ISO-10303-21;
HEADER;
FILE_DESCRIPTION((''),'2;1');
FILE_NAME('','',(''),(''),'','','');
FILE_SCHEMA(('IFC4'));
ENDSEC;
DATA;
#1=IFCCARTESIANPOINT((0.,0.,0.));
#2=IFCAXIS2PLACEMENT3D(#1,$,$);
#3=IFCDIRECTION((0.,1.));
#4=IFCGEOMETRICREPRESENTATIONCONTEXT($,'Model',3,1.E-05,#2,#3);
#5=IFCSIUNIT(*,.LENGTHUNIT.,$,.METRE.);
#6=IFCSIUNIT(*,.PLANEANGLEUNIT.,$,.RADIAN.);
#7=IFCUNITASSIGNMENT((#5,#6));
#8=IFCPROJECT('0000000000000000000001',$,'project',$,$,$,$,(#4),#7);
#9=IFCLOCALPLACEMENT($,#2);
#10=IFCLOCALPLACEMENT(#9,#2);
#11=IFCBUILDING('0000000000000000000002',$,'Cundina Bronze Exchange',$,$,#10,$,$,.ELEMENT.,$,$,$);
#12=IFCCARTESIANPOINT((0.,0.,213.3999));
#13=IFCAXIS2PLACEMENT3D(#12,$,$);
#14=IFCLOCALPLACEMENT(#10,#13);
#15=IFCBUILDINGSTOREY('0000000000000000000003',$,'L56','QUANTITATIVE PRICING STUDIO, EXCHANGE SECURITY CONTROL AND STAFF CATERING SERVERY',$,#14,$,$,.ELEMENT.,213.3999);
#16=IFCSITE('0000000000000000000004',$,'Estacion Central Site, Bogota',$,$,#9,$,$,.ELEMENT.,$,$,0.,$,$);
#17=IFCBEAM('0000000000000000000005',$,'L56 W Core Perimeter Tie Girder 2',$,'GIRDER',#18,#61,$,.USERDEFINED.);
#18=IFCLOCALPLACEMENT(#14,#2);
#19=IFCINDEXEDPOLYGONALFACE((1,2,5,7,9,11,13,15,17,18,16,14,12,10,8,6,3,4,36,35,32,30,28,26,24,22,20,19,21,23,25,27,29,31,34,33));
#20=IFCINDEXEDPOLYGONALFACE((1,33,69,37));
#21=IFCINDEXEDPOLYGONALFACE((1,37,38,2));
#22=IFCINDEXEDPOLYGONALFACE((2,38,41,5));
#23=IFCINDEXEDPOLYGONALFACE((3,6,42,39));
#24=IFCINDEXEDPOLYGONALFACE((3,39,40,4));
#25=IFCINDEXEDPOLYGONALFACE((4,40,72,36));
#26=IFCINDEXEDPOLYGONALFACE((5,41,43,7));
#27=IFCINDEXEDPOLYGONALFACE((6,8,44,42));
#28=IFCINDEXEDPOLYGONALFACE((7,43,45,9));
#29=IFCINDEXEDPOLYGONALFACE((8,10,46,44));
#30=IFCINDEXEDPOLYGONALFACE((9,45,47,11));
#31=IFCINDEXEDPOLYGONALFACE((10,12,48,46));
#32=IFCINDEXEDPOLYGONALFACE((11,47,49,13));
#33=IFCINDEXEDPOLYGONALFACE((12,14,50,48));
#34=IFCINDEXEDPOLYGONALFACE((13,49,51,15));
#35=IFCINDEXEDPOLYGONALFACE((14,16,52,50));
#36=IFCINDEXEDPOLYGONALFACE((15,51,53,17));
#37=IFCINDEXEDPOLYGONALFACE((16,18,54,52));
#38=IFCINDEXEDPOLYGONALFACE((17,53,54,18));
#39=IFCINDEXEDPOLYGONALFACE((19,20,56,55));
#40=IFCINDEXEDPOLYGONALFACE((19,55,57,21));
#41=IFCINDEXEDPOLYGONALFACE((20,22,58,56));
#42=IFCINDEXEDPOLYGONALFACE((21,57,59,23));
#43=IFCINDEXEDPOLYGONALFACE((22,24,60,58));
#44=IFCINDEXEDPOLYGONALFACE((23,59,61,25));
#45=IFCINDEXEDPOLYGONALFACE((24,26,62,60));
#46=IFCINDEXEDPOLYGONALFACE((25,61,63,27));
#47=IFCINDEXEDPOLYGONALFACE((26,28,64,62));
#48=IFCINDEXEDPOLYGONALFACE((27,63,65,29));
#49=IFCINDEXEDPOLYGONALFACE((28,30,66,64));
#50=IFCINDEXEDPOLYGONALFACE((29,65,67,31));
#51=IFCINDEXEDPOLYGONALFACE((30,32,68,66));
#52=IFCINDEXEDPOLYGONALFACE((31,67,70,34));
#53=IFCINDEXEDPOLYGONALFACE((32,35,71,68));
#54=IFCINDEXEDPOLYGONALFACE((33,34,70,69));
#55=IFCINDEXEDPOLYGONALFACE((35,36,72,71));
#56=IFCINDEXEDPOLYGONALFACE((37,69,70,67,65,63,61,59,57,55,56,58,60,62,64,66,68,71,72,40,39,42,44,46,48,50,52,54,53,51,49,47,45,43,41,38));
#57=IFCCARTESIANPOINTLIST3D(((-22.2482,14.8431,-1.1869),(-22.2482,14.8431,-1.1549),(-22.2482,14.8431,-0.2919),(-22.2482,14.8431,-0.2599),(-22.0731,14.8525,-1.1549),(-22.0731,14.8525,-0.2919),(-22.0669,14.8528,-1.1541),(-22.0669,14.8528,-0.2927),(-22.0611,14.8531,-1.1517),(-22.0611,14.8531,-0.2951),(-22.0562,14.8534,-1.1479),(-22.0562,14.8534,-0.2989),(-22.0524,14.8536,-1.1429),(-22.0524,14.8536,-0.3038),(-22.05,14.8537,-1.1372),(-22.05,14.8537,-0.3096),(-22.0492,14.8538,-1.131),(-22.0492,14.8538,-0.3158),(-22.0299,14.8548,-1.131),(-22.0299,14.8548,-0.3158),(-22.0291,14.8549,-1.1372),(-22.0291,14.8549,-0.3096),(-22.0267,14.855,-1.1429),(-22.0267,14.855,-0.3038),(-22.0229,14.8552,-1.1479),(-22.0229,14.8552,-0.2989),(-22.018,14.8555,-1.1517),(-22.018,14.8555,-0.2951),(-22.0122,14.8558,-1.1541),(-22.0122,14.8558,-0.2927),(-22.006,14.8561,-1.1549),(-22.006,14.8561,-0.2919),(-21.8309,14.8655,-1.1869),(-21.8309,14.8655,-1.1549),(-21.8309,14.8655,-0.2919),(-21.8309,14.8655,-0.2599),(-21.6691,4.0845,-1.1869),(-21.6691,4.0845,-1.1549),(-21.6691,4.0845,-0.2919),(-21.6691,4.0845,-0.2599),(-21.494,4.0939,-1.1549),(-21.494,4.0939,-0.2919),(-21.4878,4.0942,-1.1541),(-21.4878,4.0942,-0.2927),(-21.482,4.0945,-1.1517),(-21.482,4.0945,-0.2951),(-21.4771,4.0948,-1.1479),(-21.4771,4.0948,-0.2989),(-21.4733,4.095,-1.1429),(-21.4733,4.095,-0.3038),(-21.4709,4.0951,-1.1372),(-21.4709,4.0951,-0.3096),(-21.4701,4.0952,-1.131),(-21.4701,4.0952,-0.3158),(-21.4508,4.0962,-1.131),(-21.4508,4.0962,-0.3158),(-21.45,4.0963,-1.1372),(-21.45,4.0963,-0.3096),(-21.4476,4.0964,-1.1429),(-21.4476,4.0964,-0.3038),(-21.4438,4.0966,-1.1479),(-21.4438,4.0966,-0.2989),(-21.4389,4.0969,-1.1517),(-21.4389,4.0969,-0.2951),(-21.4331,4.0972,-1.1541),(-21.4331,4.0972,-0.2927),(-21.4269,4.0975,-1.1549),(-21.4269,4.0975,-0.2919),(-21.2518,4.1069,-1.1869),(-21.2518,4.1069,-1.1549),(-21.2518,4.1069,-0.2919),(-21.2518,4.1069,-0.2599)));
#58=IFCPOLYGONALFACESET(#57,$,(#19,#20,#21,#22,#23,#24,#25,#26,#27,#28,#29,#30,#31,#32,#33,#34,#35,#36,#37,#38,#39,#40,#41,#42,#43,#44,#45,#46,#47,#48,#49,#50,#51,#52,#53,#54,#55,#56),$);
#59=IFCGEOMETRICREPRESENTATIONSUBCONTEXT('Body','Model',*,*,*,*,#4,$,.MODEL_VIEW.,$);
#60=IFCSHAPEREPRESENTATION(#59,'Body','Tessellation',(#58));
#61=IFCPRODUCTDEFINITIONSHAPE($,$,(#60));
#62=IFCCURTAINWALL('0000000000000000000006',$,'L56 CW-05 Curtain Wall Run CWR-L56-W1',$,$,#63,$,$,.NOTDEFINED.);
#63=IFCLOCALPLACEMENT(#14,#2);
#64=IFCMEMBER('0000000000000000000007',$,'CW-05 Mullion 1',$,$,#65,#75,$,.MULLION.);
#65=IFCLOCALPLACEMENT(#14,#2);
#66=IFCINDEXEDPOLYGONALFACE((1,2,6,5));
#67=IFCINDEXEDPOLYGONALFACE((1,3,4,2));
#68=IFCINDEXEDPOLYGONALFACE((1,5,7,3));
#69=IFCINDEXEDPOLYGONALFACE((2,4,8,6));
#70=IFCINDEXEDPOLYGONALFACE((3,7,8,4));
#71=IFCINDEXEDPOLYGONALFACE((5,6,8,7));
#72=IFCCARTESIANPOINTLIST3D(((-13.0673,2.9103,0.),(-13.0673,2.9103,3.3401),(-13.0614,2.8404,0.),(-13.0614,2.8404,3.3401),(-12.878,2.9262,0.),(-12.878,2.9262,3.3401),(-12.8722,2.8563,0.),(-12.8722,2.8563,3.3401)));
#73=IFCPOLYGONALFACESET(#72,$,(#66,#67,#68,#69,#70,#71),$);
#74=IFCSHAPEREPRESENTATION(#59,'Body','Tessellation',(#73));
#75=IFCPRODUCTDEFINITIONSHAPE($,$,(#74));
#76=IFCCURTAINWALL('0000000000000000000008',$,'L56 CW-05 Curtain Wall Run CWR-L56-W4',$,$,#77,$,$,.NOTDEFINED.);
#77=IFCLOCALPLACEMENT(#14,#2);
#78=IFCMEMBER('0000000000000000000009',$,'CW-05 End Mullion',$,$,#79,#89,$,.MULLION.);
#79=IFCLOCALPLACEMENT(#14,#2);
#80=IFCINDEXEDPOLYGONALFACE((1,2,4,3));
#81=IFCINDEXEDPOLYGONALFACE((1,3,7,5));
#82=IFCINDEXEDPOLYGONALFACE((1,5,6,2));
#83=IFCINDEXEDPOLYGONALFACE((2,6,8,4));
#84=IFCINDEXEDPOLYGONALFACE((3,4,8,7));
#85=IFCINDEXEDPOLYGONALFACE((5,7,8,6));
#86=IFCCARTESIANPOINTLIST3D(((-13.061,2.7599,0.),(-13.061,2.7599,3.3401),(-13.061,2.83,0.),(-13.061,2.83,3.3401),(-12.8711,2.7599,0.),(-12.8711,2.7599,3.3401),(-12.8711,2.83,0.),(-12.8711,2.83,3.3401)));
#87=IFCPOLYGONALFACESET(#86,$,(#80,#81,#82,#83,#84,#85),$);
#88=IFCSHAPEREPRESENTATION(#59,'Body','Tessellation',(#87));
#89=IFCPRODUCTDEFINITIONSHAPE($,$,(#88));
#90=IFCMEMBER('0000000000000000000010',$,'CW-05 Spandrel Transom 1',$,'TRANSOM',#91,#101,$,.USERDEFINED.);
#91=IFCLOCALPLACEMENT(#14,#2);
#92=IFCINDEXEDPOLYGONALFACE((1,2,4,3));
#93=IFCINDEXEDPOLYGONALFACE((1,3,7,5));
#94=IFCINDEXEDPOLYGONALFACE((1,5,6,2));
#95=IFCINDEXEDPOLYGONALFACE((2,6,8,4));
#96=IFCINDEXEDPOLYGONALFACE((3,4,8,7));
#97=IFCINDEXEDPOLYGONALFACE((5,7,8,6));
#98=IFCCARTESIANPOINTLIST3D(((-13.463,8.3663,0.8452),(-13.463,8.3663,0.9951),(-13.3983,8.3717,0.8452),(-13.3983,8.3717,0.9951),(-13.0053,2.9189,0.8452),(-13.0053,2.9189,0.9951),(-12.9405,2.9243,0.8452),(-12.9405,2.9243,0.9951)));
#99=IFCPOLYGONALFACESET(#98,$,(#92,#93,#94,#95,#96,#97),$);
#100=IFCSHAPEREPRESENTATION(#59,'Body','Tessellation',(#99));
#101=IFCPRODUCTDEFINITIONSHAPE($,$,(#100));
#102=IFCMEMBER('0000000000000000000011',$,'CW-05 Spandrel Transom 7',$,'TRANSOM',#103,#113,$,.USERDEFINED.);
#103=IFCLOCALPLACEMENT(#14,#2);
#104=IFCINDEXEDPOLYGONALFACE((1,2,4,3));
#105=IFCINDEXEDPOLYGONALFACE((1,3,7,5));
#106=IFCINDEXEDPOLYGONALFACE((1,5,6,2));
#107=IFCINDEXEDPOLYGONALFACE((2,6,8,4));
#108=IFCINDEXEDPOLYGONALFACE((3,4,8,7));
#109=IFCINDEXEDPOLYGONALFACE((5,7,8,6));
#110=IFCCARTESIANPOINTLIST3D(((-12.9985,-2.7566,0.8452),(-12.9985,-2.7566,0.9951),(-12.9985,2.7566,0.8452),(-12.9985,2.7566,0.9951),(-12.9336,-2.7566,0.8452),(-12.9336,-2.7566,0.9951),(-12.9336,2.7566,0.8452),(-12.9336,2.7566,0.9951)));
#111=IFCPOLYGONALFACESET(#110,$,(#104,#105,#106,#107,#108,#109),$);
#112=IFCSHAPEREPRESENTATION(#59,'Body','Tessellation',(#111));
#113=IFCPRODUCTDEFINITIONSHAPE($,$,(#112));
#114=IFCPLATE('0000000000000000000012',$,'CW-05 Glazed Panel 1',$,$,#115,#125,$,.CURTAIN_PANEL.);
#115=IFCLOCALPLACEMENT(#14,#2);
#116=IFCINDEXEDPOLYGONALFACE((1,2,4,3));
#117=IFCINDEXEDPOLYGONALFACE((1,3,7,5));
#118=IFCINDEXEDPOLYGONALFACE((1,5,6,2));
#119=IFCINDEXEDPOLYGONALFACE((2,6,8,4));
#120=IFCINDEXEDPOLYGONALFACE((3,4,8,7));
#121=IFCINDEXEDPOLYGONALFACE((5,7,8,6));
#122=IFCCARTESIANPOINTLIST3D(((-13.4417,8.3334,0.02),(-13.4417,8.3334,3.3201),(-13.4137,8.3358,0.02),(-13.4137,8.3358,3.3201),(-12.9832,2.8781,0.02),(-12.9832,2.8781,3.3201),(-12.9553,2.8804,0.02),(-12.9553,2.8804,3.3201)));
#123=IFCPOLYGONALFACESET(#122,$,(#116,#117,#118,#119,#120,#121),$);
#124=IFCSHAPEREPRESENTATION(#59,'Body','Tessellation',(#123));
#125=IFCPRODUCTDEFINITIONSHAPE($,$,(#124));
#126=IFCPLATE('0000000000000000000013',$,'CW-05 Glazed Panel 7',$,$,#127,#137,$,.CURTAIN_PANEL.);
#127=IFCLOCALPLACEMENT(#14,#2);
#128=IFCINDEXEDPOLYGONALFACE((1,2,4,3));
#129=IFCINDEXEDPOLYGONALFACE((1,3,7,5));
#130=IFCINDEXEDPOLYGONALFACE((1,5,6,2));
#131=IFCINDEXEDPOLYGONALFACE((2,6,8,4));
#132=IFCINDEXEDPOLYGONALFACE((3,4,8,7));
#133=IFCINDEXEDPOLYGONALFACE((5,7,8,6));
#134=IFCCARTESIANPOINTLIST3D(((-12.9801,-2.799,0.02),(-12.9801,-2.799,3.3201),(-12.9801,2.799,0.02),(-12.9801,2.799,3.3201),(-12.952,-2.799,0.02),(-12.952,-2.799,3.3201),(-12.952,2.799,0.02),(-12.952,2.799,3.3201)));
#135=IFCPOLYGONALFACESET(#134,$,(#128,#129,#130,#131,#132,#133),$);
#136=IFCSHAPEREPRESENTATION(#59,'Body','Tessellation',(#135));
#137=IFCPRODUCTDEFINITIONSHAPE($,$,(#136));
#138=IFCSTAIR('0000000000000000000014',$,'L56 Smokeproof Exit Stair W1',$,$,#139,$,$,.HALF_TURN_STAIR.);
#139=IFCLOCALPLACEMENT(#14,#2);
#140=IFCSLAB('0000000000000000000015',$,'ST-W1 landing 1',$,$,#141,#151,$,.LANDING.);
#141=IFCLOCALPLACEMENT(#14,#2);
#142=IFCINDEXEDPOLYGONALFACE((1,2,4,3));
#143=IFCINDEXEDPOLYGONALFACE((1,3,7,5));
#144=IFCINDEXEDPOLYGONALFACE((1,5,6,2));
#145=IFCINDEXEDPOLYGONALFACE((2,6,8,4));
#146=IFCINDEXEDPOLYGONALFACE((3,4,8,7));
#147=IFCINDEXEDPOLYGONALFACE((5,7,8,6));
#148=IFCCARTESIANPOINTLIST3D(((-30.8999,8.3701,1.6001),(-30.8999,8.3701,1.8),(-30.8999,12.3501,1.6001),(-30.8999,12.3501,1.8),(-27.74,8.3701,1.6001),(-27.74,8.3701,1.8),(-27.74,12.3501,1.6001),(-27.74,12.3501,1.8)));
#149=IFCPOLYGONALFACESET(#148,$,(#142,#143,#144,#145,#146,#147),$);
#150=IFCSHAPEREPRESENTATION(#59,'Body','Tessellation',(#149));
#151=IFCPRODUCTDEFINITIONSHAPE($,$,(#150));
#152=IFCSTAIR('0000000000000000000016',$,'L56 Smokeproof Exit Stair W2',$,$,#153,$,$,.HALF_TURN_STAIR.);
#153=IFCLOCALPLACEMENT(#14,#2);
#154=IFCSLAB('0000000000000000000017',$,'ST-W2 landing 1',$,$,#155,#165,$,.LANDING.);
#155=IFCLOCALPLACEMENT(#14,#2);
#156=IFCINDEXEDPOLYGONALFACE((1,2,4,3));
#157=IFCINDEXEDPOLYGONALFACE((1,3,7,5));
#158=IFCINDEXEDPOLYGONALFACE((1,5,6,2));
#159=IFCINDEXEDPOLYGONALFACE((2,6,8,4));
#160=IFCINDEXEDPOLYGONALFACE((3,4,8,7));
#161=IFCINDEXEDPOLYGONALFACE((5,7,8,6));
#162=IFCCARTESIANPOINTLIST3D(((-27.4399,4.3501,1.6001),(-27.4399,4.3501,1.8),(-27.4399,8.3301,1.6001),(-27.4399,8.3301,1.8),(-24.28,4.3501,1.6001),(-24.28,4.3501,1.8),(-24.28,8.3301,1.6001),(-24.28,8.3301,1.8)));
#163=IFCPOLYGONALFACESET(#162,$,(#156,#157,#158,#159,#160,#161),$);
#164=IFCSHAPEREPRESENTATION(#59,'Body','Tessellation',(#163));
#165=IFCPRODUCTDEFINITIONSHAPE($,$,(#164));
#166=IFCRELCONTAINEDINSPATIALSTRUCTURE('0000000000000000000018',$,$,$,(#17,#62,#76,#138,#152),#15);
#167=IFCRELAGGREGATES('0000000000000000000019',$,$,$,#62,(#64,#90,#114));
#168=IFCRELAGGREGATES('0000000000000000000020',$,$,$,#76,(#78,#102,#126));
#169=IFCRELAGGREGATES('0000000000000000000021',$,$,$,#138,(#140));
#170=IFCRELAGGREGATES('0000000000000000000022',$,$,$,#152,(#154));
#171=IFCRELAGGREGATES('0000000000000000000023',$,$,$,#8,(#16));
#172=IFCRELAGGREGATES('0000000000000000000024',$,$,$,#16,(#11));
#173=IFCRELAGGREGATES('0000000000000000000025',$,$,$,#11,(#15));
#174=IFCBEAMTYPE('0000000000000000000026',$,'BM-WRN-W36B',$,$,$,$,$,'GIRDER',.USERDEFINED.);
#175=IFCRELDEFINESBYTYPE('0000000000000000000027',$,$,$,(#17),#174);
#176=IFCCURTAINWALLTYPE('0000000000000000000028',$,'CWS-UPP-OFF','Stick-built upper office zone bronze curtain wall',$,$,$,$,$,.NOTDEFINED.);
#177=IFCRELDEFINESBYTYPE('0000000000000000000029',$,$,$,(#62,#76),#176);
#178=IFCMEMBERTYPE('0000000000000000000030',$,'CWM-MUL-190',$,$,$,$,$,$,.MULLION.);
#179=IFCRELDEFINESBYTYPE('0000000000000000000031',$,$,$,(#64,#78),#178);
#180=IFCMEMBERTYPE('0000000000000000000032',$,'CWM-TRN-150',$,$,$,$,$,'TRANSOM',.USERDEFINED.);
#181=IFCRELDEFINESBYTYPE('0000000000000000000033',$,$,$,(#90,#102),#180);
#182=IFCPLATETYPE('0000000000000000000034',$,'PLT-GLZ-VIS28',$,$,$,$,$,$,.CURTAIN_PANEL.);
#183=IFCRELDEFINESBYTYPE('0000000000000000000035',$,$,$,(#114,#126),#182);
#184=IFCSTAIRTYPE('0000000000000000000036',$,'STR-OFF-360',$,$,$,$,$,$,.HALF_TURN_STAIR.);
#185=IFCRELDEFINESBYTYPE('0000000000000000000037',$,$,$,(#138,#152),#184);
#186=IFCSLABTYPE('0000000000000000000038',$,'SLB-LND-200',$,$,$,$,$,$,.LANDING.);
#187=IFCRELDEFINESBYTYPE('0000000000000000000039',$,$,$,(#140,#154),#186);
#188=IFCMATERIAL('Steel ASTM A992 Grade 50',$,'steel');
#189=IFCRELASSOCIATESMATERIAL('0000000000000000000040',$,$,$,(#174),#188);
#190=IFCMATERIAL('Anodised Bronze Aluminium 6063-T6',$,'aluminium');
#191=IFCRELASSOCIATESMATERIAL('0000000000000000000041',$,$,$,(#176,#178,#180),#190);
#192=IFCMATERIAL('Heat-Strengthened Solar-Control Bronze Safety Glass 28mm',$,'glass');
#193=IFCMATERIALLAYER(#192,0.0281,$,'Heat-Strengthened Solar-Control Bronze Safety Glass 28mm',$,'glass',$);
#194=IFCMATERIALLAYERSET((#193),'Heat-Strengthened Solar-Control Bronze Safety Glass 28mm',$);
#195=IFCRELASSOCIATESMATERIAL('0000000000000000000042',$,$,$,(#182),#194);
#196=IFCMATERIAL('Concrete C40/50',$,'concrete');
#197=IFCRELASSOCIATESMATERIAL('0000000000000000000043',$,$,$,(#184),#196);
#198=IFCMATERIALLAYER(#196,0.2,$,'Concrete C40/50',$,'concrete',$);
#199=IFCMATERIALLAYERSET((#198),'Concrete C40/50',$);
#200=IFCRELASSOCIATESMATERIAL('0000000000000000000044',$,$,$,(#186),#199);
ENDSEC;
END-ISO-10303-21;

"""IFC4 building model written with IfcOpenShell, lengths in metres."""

from ifc_helpers import new_model, si_unit, direction, frame, origin, origin_2d, place, context, subcontext, project, spatial, polyline, rectangle, i_section, outline, extrude, material, layer, layer_set, material_profile, profile_set, type_object, element, aggregate, save


model = new_model("IFC4")

# Units and contexts
model_context = context("Model", 3, precision=1e-05, world=origin(), true_north=direction((0.0, 1.0)))
body_context = subcontext(model_context, "Body", "Model", "MODEL_VIEW")
ifc_project = project(units=[si_unit("LENGTHUNIT", "METRE"), si_unit("PLANEANGLEUNIT", "RADIAN")], contexts=[model_context])

# Site, building, storey
site_placement = place(None, origin())
site = spatial("IfcSite", under=ifc_project, at=site_placement, Name="Estacion Central Site, Bogota", CompositionType="ELEMENT", RefElevation=0.0)
building_placement = place(site_placement, origin())
building = spatial("IfcBuilding", under=site, at=building_placement, Name="Cundina Bronze Exchange", CompositionType="ELEMENT")
storey_placement = place(building_placement, frame((0.0, 0.0, 213.3999)))
storey = spatial("IfcBuildingStorey", under=building, at=storey_placement, Name="L56", Description="QUANTITATIVE PRICING STUDIO, EXCHANGE SECURITY CONTROL AND STAFF CATERING SERVERY", CompositionType="ELEMENT", Elevation=213.3999)

# Shared definitions
ifc_material_1 = material(Name="Steel ASTM A992 Grade 50", Category="steel")

# Beam
ifc_material_profile_1 = material_profile(ifc_material_1, i_section(OverallWidth=0.418, OverallDepth=0.927, WebThickness=0.0193, FlangeThickness=0.032, FilletRadius=0.0239, at=origin_2d()), Name="W36X231", Category="steel")
ifc_profile_set_1 = profile_set([ifc_material_profile_1], Name="Steel ASTM A992 Grade 50")
beam_type_1 = type_object("IfcBeamType", Name="BM-WRN-W36B", ElementType="GIRDER", PredefinedType="USERDEFINED", material=ifc_profile_set_1)
beam_1_placement = place(storey_placement, frame((-21.4604, 4.0957, -0.7234), z_axis=(-0.053749, 0.998554, 0.0), x_axis=(-0.998554, -0.053749, 0.0)))
element("IfcBeam", 1, at=beam_1_placement, inside=storey, type_object=beam_type_1, Name="L56 W Core Perimeter Tie Girder 2", ObjectType="GIRDER", PredefinedType="USERDEFINED", context=body_context, shape_type="SweptSolid", body=[
    extrude(i_section(OverallWidth=0.418, OverallDepth=0.927, WebThickness=0.0193, FlangeThickness=0.032, FilletRadius=0.0239, at=origin_2d()), origin(), (0.0, 0.0, 1.0), 10.7742),
])

# Curtain walls, members
ifc_material_2 = material(Name="Anodised Bronze Aluminium 6063-T6", Category="aluminium")
curtain_wall_type = type_object("IfcCurtainWallType", Name="CWS-UPP-OFF", Description="Stick-built upper office zone bronze curtain wall", PredefinedType="NOTDEFINED", material=ifc_material_2)
curtain_wall_1_placement = place(storey_placement, origin())
curtain_wall_1 = element("IfcCurtainWall", 2, at=curtain_wall_1_placement, inside=storey, type_object=curtain_wall_type, Name="L56 CW-05 Curtain Wall Run CWR-L56-W1", PredefinedType="NOTDEFINED")
ifc_material_profile_2 = material_profile(ifc_material_2, rectangle(XDim=0.0701, YDim=0.1899, at=origin_2d()), Name="AL70X190", Category="aluminium")
ifc_profile_set_2 = profile_set([ifc_material_profile_2], Name="Anodised Bronze Aluminium 6063-T6")
member_type_1 = type_object("IfcMemberType", Name="CWM-MUL-190", PredefinedType="MULLION", material=ifc_profile_set_2)
member_1_placement = place(storey_placement, frame((-12.9697, 2.8833, 0.0), z_axis=(0.0, 0.0, 1.0), x_axis=(-0.083678, 0.996493, 0.0)))
member_1 = element("IfcMember", 3, at=member_1_placement, type_object=member_type_1, Name="CW-05 Mullion 1", PredefinedType="MULLION", context=body_context, shape_type="SweptSolid", body=[
    extrude(rectangle(XDim=0.0701, YDim=0.1899, at=origin_2d()), origin(), (0.0, 0.0, 1.0), 3.3401),
])
curtain_wall_2_placement = place(storey_placement, origin())
curtain_wall_2 = element("IfcCurtainWall", 4, at=curtain_wall_2_placement, inside=storey, type_object=curtain_wall_type, Name="L56 CW-05 Curtain Wall Run CWR-L56-W4", PredefinedType="NOTDEFINED")
member_2_placement = place(storey_placement, frame((-12.9661, 2.7949, 0.0), z_axis=(0.0, 0.0, 1.0), x_axis=(0.0, 1.0, 0.0)))
member_2 = element("IfcMember", 5, at=member_2_placement, type_object=member_type_1, Name="CW-05 End Mullion", PredefinedType="MULLION", context=body_context, shape_type="SweptSolid", body=[
    extrude(rectangle(XDim=0.0701, YDim=0.1899, at=origin_2d()), origin(), (0.0, 0.0, 1.0), 3.3401),
])

# Members
ifc_material_profile_3 = material_profile(ifc_material_2, rectangle(XDim=0.0649, YDim=0.1499, at=origin_2d()), Name="AL65X150", Category="aluminium")
ifc_profile_set_3 = profile_set([ifc_material_profile_3], Name="Anodised Bronze Aluminium 6063-T6")
member_type_2 = type_object("IfcMemberType", Name="CWM-TRN-150", ElementType="TRANSOM", PredefinedType="USERDEFINED", material=ifc_profile_set_3)
member_3_placement = place(storey_placement, frame((-12.9729, 2.9216, 0.9202), z_axis=(-0.08374, 0.996488, 0.0), x_axis=(-0.996488, -0.08374, 0.0)))
member_3 = element("IfcMember", 6, at=member_3_placement, type_object=member_type_2, Name="CW-05 Spandrel Transom 1", ObjectType="TRANSOM", PredefinedType="USERDEFINED", context=body_context, shape_type="SweptSolid", body=[
    extrude(rectangle(XDim=0.0649, YDim=0.1499, at=origin_2d()), origin(), (0.0, 0.0, 1.0), 5.4666),
])
member_4_placement = place(storey_placement, frame((-12.9661, -2.7566, 0.9202), z_axis=(0.0, 1.0, 0.0), x_axis=(-1.0, 0.0, 0.0)))
member_4 = element("IfcMember", 7, at=member_4_placement, type_object=member_type_2, Name="CW-05 Spandrel Transom 7", ObjectType="TRANSOM", PredefinedType="USERDEFINED", context=body_context, shape_type="SweptSolid", body=[
    extrude(rectangle(XDim=0.0649, YDim=0.1499, at=origin_2d()), origin(), (0.0, 0.0, 1.0), 5.5132),
])

# Plates
ifc_material_3 = material(Name="Heat-Strengthened Solar-Control Bronze Safety Glass 28mm", Category="glass")
ifc_layer_1 = layer(ifc_material_3, 0.0281, Name="Heat-Strengthened Solar-Control Bronze Safety Glass 28mm", Category="glass")
ifc_layer_set_1 = layer_set([ifc_layer_1], Name="Heat-Strengthened Solar-Control Bronze Safety Glass 28mm")
plate_type = type_object("IfcPlateType", Name="PLT-GLZ-VIS28", PredefinedType="CURTAIN_PANEL", material=ifc_layer_set_1)
plate_1_placement = place(storey_placement, frame((-13.1985, 5.6069, 0.02), z_axis=(0.0, 0.0, 1.0), x_axis=(-0.083747, 0.996487, 0.0)))
plate_1 = element("IfcPlate", 8, at=plate_1_placement, type_object=plate_type, Name="CW-05 Glazed Panel 1", PredefinedType="CURTAIN_PANEL", context=body_context, shape_type="SweptSolid", body=[
    extrude(rectangle(XDim=5.4746, YDim=0.0281, at=origin_2d()), origin(), (0.0, 0.0, 1.0), 3.3),
])
aggregate(curtain_wall_1, [member_1, member_3, plate_1])
plate_2_placement = place(storey_placement, frame((-12.9661, 0.0, 0.02), z_axis=(0.0, 0.0, 1.0), x_axis=(0.0, 1.0, 0.0)))
plate_2 = element("IfcPlate", 9, at=plate_2_placement, type_object=plate_type, Name="CW-05 Glazed Panel 7", PredefinedType="CURTAIN_PANEL", context=body_context, shape_type="SweptSolid", body=[
    extrude(rectangle(XDim=5.5979, YDim=0.0281, at=origin_2d()), origin(), (0.0, 0.0, 1.0), 3.3),
])
aggregate(curtain_wall_2, [member_2, member_4, plate_2])

# Stairs, slabs
ifc_material_4 = material(Name="Concrete C40/50", Category="concrete")
stair_type = type_object("IfcStairType", Name="STR-OFF-360", PredefinedType="HALF_TURN_STAIR", material=ifc_material_4)
stair_1_placement = place(storey_placement, origin())
stair_1 = element("IfcStair", 10, at=stair_1_placement, inside=storey, type_object=stair_type, Name="L56 Smokeproof Exit Stair W1", PredefinedType="HALF_TURN_STAIR")
ifc_layer_2 = layer(ifc_material_4, 0.2, Name="Concrete C40/50", Category="concrete")
ifc_layer_set_2 = layer_set([ifc_layer_2], Name="Concrete C40/50")
slab_type_1 = type_object("IfcSlabType", Name="SLB-LND-200", PredefinedType="LANDING", material=ifc_layer_set_2)
slab_1_placement = place(storey_placement, frame((0.0, 0.0, 1.6001)))
slab_1 = element("IfcSlab", 11, at=slab_1_placement, type_object=slab_type_1, Name="ST-W1 landing 1", PredefinedType="LANDING", context=body_context, shape_type="SweptSolid", body=[
    extrude(outline(polyline([(-27.74, 8.3701), (-27.74, 12.3501), (-30.8999, 12.3501), (-30.8999, 8.3701), (-27.74, 8.3701)])), origin(), (0.0, 0.0, 1.0), 0.2),
])
aggregate(stair_1, [slab_1])
stair_2_placement = place(storey_placement, origin())
stair_2 = element("IfcStair", 12, at=stair_2_placement, inside=storey, type_object=stair_type, Name="L56 Smokeproof Exit Stair W2", PredefinedType="HALF_TURN_STAIR")
slab_2_placement = place(storey_placement, frame((0.0, 0.0, 1.6001)))
slab_2 = element("IfcSlab", 13, at=slab_2_placement, type_object=slab_type_1, Name="ST-W2 landing 1", PredefinedType="LANDING", context=body_context, shape_type="SweptSolid", body=[
    extrude(outline(polyline([(-27.4399, 8.3301), (-27.4399, 4.3501), (-24.28, 4.3501), (-24.28, 8.3301), (-27.4399, 8.3301)])), origin(), (0.0, 0.0, 1.0), 0.2),
])
aggregate(stair_2, [slab_2])

save(model, "model.ifc")
